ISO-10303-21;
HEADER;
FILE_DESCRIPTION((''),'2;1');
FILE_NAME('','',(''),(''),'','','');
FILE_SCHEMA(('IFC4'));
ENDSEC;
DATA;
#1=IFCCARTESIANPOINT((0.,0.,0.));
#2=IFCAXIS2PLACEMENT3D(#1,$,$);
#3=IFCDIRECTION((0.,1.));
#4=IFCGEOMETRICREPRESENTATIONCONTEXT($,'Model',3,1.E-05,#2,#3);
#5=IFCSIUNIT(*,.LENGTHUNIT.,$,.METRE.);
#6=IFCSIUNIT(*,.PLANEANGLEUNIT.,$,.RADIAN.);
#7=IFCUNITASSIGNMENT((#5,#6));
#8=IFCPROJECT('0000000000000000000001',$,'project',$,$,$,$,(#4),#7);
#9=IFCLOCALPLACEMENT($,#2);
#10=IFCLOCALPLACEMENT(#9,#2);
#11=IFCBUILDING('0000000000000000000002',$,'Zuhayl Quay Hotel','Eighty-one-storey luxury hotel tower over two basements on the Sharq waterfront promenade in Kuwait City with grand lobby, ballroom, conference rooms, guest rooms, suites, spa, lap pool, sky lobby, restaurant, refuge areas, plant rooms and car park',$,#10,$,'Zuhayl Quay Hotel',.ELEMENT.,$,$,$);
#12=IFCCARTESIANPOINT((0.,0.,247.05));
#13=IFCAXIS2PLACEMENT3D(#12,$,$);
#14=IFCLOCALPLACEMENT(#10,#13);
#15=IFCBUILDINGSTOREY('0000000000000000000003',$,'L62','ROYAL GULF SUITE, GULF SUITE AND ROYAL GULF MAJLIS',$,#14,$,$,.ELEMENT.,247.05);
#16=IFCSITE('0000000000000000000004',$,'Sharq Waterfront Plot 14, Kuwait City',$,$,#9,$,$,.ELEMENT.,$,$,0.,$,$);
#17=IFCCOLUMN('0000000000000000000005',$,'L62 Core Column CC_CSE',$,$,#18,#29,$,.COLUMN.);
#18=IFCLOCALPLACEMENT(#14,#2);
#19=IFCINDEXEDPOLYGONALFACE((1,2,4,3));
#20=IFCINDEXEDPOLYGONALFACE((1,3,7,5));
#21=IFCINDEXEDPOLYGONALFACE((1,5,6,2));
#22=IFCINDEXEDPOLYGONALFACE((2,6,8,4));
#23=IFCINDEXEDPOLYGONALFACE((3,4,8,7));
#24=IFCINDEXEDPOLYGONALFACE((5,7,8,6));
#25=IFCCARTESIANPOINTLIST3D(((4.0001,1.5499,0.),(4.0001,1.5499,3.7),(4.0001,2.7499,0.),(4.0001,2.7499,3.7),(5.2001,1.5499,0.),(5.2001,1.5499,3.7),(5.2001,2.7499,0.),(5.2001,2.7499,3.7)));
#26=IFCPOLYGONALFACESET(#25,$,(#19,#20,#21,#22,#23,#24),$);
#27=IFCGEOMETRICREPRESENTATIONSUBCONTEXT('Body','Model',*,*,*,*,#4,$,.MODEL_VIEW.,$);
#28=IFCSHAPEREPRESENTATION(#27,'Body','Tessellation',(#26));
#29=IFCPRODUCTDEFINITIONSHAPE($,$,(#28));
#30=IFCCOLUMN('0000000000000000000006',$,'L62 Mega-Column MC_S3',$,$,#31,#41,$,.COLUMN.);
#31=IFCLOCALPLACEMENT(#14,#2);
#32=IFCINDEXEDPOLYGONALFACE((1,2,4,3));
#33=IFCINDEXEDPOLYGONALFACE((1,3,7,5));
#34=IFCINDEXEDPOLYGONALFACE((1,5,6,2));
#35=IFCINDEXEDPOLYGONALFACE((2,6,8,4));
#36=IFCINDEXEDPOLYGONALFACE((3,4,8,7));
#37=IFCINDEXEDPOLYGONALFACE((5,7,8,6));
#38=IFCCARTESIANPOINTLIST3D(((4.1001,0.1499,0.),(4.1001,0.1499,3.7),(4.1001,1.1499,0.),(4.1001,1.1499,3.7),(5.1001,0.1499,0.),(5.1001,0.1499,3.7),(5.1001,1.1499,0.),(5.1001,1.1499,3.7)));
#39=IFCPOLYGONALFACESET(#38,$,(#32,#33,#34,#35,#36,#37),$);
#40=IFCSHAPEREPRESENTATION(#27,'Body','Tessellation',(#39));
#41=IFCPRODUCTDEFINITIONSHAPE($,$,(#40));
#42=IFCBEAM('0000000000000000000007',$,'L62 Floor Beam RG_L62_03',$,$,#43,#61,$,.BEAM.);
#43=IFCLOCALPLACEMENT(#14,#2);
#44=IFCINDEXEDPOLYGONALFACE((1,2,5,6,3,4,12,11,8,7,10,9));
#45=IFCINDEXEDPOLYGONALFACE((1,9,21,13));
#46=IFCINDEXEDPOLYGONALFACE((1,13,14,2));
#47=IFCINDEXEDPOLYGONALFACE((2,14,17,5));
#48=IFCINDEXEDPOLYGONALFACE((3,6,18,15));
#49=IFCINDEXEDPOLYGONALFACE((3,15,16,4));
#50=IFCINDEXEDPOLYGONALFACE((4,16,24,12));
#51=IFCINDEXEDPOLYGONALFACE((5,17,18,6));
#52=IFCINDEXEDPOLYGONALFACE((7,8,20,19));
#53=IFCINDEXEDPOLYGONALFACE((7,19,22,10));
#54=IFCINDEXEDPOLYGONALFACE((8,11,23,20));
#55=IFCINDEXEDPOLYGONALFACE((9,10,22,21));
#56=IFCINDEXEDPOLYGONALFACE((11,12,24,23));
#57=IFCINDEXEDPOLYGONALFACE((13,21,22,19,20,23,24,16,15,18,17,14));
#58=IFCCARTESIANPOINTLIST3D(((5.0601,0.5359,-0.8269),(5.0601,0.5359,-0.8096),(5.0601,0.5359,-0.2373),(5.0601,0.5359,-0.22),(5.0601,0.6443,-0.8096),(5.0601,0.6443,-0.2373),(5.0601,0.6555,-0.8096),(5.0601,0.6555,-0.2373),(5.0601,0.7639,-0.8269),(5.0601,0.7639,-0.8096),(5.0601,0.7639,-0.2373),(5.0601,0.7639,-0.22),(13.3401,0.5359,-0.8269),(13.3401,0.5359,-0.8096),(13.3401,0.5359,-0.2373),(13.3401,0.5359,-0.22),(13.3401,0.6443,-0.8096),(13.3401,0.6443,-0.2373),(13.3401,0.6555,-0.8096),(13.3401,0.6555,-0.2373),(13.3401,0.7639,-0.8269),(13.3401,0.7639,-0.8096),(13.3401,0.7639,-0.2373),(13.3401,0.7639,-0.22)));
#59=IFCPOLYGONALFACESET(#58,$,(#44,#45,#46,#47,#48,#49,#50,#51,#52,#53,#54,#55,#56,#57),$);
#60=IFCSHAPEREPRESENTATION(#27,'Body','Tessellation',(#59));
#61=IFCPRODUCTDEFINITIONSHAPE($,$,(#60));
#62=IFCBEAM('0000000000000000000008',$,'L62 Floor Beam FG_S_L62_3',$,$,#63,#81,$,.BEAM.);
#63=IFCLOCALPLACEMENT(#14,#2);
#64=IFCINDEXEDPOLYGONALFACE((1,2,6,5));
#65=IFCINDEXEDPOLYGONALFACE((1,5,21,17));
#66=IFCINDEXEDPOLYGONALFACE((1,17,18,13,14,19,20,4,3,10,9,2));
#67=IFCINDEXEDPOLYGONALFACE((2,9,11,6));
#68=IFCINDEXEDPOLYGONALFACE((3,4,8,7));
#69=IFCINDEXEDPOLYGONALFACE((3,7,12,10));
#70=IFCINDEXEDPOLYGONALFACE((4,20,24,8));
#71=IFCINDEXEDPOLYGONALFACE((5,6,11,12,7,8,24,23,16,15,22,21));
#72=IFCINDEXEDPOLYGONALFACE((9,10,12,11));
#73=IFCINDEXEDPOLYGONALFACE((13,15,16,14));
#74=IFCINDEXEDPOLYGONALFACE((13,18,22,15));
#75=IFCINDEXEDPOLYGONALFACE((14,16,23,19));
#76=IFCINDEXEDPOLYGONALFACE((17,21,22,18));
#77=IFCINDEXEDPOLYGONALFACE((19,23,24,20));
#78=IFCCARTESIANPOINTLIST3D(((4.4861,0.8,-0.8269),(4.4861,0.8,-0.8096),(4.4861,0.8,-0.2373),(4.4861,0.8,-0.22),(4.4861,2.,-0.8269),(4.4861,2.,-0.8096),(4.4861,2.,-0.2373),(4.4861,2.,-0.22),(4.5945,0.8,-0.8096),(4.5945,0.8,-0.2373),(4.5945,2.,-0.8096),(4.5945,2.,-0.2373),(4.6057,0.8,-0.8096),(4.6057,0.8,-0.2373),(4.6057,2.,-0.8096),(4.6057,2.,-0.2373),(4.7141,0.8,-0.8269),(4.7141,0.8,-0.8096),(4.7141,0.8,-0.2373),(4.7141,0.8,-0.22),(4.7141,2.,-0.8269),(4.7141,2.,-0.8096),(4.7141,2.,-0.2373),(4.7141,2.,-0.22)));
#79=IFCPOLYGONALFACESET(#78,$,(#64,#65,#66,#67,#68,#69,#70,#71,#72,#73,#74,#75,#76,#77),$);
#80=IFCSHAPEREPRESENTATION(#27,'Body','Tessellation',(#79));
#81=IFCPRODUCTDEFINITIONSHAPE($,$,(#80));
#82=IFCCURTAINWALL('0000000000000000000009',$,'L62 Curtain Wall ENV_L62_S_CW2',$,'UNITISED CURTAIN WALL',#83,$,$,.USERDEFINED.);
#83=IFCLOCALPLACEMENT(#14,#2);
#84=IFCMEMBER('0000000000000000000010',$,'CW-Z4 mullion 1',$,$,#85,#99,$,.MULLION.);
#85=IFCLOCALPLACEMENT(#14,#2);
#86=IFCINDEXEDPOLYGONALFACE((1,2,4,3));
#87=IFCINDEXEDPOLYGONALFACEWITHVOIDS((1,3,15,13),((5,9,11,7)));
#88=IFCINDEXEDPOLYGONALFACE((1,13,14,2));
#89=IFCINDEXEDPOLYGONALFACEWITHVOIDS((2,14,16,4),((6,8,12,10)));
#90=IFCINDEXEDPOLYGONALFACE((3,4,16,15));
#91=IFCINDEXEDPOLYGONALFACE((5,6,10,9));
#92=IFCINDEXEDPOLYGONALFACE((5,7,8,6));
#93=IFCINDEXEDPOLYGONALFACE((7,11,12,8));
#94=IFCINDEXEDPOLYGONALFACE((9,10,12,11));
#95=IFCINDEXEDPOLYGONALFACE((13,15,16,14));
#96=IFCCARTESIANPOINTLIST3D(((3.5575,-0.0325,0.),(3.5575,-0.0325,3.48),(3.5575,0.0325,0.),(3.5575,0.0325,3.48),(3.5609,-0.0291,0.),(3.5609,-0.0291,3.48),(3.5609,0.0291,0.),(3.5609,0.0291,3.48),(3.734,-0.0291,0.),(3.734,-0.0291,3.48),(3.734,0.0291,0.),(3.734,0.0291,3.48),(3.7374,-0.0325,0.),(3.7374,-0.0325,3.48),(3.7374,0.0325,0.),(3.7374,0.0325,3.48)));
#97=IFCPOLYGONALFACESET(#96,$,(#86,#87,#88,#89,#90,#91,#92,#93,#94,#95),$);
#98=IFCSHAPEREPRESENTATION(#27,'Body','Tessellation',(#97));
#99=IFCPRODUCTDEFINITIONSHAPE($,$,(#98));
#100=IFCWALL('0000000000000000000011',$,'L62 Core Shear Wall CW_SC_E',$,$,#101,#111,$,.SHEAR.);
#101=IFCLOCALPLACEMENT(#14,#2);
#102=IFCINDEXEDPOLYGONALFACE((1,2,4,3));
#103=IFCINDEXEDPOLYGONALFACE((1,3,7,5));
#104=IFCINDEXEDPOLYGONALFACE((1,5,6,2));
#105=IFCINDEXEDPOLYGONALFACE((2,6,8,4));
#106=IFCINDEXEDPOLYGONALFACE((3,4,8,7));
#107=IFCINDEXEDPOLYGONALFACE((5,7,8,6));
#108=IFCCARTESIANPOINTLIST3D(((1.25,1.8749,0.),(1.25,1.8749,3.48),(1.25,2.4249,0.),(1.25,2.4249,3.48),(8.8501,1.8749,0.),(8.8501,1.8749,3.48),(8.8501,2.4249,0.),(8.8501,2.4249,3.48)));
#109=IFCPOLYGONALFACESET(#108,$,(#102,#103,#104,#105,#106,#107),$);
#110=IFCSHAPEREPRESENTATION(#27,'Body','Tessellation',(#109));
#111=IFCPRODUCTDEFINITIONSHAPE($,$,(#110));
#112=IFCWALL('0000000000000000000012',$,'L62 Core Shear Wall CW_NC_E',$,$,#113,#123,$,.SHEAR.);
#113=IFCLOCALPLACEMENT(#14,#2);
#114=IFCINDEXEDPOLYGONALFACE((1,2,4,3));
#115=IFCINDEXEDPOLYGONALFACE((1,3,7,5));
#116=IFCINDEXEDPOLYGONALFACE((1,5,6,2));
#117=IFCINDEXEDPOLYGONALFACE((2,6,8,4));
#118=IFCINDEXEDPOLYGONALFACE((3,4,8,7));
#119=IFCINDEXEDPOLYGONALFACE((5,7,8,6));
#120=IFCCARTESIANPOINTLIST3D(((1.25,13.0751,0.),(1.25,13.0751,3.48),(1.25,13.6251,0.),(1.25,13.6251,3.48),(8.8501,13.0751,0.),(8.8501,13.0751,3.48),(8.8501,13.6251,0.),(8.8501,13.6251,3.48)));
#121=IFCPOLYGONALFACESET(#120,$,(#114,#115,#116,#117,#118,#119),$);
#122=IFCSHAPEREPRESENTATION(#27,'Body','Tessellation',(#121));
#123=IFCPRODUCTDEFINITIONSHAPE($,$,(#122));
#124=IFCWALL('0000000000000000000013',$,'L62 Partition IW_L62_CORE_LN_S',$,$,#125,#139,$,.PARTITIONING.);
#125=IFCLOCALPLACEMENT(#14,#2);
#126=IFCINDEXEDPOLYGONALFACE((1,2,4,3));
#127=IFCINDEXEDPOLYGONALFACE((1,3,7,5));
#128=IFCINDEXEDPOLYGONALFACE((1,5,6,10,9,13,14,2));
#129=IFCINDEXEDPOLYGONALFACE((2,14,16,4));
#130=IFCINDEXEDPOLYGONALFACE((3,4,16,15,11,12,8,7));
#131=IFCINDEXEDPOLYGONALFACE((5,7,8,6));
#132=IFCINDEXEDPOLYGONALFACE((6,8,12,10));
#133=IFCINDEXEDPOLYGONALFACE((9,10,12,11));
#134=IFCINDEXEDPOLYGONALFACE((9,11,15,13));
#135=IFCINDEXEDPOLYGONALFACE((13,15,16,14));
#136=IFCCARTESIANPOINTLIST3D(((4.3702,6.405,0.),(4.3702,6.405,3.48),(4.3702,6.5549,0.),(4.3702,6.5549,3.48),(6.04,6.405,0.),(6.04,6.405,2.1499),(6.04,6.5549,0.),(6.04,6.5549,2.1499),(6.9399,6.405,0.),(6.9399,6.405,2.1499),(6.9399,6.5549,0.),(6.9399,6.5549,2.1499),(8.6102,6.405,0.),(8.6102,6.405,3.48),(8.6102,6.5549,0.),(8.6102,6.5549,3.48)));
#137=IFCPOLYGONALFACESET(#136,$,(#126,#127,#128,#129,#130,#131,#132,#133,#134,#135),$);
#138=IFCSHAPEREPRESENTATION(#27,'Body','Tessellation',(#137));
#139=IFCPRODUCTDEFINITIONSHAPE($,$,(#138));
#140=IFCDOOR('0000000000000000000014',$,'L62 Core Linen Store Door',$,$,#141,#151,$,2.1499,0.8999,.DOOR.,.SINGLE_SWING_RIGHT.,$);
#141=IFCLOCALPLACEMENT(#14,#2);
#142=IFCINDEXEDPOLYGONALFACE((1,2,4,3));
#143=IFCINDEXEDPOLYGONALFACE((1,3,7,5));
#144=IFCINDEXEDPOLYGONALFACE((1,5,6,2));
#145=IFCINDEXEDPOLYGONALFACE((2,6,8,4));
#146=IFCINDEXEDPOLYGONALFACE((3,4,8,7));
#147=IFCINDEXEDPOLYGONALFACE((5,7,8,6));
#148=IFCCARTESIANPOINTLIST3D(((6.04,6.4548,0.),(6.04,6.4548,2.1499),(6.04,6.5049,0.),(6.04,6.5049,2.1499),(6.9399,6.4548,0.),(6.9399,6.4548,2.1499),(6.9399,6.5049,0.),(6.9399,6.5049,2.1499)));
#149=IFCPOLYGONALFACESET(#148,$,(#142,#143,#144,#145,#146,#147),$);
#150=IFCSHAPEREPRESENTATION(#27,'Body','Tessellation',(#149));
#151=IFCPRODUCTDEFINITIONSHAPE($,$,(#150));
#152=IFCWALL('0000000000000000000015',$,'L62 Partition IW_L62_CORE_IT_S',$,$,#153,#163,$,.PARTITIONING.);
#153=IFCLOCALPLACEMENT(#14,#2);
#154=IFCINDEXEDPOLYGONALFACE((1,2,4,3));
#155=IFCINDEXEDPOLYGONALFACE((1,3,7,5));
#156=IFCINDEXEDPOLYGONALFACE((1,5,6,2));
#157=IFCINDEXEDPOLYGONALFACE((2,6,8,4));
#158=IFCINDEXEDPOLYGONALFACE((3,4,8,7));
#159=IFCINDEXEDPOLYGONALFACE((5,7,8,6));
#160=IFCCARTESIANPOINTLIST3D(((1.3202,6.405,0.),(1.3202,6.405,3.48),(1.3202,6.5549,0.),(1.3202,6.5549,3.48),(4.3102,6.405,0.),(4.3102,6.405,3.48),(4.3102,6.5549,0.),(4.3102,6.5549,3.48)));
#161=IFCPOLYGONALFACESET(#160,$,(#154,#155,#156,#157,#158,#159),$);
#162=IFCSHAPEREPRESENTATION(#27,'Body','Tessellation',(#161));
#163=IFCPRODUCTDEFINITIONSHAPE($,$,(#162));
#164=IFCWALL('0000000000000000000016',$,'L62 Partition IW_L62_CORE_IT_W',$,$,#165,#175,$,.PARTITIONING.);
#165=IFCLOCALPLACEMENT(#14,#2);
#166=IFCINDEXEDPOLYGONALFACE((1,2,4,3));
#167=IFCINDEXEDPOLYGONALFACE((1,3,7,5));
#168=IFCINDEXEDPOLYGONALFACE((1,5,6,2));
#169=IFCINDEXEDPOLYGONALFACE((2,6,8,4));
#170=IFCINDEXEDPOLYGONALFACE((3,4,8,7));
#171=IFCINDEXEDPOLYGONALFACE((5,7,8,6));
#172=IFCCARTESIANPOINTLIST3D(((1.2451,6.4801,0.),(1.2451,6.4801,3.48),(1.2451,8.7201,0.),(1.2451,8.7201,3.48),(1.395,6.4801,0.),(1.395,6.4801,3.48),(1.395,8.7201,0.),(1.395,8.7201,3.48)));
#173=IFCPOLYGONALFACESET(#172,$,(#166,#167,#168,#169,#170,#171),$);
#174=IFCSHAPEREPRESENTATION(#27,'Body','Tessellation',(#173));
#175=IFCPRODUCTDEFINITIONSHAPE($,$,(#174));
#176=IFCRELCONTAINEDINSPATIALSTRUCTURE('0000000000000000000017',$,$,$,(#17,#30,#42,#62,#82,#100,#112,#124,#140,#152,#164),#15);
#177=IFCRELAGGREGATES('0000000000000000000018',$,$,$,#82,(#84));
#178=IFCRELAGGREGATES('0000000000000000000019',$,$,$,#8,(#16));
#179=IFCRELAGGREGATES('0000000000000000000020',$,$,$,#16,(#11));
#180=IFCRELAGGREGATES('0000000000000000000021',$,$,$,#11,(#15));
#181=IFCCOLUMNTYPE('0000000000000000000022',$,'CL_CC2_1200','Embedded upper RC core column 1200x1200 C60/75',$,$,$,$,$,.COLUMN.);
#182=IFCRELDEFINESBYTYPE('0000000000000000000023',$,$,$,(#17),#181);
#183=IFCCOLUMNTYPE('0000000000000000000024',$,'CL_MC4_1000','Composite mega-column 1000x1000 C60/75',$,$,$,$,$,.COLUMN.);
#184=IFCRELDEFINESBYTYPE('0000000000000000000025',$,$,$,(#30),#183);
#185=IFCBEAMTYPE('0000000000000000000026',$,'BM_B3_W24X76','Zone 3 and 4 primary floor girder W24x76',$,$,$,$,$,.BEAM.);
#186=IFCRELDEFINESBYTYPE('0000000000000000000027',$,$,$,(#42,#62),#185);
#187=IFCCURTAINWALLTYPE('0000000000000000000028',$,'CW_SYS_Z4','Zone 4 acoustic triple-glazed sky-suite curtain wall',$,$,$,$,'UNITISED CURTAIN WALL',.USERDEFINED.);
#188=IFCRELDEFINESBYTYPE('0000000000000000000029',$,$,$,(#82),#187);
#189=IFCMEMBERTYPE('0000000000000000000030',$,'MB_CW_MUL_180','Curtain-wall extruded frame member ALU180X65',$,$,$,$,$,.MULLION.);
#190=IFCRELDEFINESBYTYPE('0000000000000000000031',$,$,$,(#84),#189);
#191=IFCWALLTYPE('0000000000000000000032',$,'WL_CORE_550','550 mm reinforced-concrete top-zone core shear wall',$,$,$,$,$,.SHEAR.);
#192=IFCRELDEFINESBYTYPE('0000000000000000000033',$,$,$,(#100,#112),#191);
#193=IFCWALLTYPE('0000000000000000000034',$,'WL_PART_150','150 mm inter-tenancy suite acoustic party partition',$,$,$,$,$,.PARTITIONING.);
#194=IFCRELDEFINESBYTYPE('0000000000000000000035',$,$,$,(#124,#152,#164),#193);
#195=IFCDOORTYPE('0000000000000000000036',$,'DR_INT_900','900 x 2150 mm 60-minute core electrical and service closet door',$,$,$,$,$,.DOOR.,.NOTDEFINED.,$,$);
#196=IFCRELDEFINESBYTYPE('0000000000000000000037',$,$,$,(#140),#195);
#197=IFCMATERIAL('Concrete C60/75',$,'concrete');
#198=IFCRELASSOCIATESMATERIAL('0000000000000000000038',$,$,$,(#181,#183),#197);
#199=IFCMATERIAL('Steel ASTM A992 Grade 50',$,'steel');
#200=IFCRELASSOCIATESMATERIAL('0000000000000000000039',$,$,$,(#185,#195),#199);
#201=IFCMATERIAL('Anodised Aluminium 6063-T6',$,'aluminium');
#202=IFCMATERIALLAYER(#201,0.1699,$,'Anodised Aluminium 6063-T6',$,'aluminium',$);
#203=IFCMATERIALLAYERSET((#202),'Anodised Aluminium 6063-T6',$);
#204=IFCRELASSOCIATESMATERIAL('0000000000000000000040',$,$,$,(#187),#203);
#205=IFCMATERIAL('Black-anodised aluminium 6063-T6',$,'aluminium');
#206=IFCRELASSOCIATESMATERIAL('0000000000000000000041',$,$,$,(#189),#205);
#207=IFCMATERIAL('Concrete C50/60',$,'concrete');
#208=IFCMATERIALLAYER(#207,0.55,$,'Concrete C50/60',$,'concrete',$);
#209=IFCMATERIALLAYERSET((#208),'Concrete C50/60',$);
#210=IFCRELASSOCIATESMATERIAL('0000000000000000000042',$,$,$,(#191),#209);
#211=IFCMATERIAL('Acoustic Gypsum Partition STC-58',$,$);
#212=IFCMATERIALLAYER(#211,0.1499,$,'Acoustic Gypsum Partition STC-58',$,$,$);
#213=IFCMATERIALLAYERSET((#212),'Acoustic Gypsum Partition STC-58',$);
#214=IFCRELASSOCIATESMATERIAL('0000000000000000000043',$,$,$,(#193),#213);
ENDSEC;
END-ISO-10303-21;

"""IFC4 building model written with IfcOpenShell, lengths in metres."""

from ifc_helpers import new_model, si_unit, direction, frame, frame_2d, origin, origin_2d, place, context, subcontext, project, spatial, rectangle, hollow_rectangle, i_section, extrude, material, layer, layer_set, material_profile, profile_set, type_object, element, fill, aggregate, save


model = new_model("IFC4")

# Units and contexts
model_context = context("Model", 3, precision=1e-05, world=origin(), true_north=direction((0.0, 1.0)))
body_context = subcontext(model_context, "Body", "Model", "MODEL_VIEW")
ifc_project = project(units=[si_unit("LENGTHUNIT", "METRE"), si_unit("PLANEANGLEUNIT", "RADIAN")], contexts=[model_context])

# Site, building, storey
site_placement = place(None, origin())
site = spatial("IfcSite", under=ifc_project, at=site_placement, Name="Sharq Waterfront Plot 14, Kuwait City", CompositionType="ELEMENT", RefElevation=0.0)
building_placement = place(site_placement, origin())
building = spatial("IfcBuilding", under=site, at=building_placement, Name="Zuhayl Quay Hotel", Description="Eighty-one-storey luxury hotel tower over two basements on the Sharq waterfront promenade in Kuwait City with grand lobby, ballroom, conference rooms, guest rooms, suites, spa, lap pool, sky lobby, restaurant, refuge areas, plant rooms and car park", LongName="Zuhayl Quay Hotel", CompositionType="ELEMENT")
storey_placement = place(building_placement, frame((0.0, 0.0, 247.05)))
storey = spatial("IfcBuildingStorey", under=building, at=storey_placement, Name="L62", Description="ROYAL GULF SUITE, GULF SUITE AND ROYAL GULF MAJLIS", CompositionType="ELEMENT", Elevation=247.05)

# Columns
ifc_material_1 = material(Name="Concrete C60/75", Category="concrete")
ifc_material_profile_1 = material_profile(ifc_material_1, rectangle(XDim=1.2, YDim=1.2, at=origin_2d()), Name="RC1200X1200")
ifc_profile_set_1 = profile_set([ifc_material_profile_1], Name="Concrete C60/75")
column_type_1 = type_object("IfcColumnType", Name="CL_CC2_1200", Description="Embedded upper RC core column 1200x1200 C60/75", PredefinedType="COLUMN", material=ifc_profile_set_1)
column_1_placement = place(storey_placement, frame((4.6001, 2.1499, 0.0), z_axis=(0.0, 0.0, 1.0), x_axis=(1.0, 0.0, 0.0)))
element("IfcColumn", 1, at=column_1_placement, inside=storey, type_object=column_type_1, Name="L62 Core Column CC_CSE", PredefinedType="COLUMN", context=body_context, shape_type="SweptSolid", body=[
    extrude(rectangle(XDim=1.2, YDim=1.2, at=origin_2d()), origin(), (0.0, 0.0, 1.0), 3.7),
])
ifc_material_profile_2 = material_profile(ifc_material_1, rectangle(XDim=1.0, YDim=1.0, at=origin_2d()), Name="RC1000X1000")
ifc_profile_set_2 = profile_set([ifc_material_profile_2], Name="Concrete C60/75")
column_type_2 = type_object("IfcColumnType", Name="CL_MC4_1000", Description="Composite mega-column 1000x1000 C60/75", PredefinedType="COLUMN", material=ifc_profile_set_2)
column_2_placement = place(storey_placement, frame((4.6001, 0.6499, 0.0), z_axis=(0.0, 0.0, 1.0), x_axis=(1.0, 0.0, 0.0)))
element("IfcColumn", 2, at=column_2_placement, inside=storey, type_object=column_type_2, Name="L62 Mega-Column MC_S3", PredefinedType="COLUMN", context=body_context, shape_type="SweptSolid", body=[
    extrude(rectangle(XDim=1.0, YDim=1.0, at=origin_2d()), origin(), (0.0, 0.0, 1.0), 3.7),
])

# Beams
ifc_material_2 = material(Name="Steel ASTM A992 Grade 50", Category="steel")
ifc_material_profile_3 = material_profile(ifc_material_2, i_section(OverallWidth=0.228, OverallDepth=0.6069, WebThickness=0.0112, FlangeThickness=0.0173, at=origin_2d()), Name="W24X76")
ifc_profile_set_3 = profile_set([ifc_material_profile_3], Name="Steel ASTM A992 Grade 50")
beam_type = type_object("IfcBeamType", Name="BM_B3_W24X76", Description="Zone 3 and 4 primary floor girder W24x76", PredefinedType="BEAM", material=ifc_profile_set_3)
beam_1_placement = place(storey_placement, frame((5.0601, 0.6499, -0.5234), z_axis=(1.0, 0.0, 0.0), x_axis=(0.0, 1.0, 0.0)))
element("IfcBeam", 3, at=beam_1_placement, inside=storey, type_object=beam_type, Name="L62 Floor Beam RG_L62_03", PredefinedType="BEAM", context=body_context, shape_type="SweptSolid", body=[
    extrude(i_section(OverallWidth=0.228, OverallDepth=0.6069, WebThickness=0.0112, FlangeThickness=0.0173, at=origin_2d()), origin(), (0.0, 0.0, 1.0), 8.28),
])
beam_2_placement = place(storey_placement, frame((4.6001, 0.8, -0.5234), z_axis=(0.0, 1.0, 0.0), x_axis=(-1.0, 0.0, 0.0)))
element("IfcBeam", 4, at=beam_2_placement, inside=storey, type_object=beam_type, Name="L62 Floor Beam FG_S_L62_3", PredefinedType="BEAM", context=body_context, shape_type="SweptSolid", body=[
    extrude(i_section(OverallWidth=0.228, OverallDepth=0.6069, WebThickness=0.0112, FlangeThickness=0.0173, at=origin_2d()), origin(), (0.0, 0.0, 1.0), 1.2),
])

# Curtain wall, member
ifc_material_3 = material(Name="Anodised Aluminium 6063-T6", Category="aluminium")
ifc_layer_1 = layer(ifc_material_3, 0.1699, Name="Anodised Aluminium 6063-T6", Category="aluminium")
ifc_layer_set_1 = layer_set([ifc_layer_1], Name="Anodised Aluminium 6063-T6")
curtain_wall_type = type_object("IfcCurtainWallType", Name="CW_SYS_Z4", Description="Zone 4 acoustic triple-glazed sky-suite curtain wall", ElementType="UNITISED CURTAIN WALL", PredefinedType="USERDEFINED", material=ifc_layer_set_1)
curtain_wall_placement = place(storey_placement, origin())
curtain_wall = element("IfcCurtainWall", 5, at=curtain_wall_placement, inside=storey, type_object=curtain_wall_type, Name="L62 Curtain Wall ENV_L62_S_CW2", ObjectType="UNITISED CURTAIN WALL", PredefinedType="USERDEFINED")
ifc_material_4 = material(Name="Black-anodised aluminium 6063-T6", Category="aluminium")
ifc_material_profile_4 = material_profile(ifc_material_4, hollow_rectangle(XDim=0.0649, YDim=0.1799, WallThickness=0.0034, at=origin_2d()), Name="ALU180X65")
ifc_profile_set_4 = profile_set([ifc_material_profile_4], Name="Black-anodised aluminium 6063-T6")
member_type = type_object("IfcMemberType", Name="MB_CW_MUL_180", Description="Curtain-wall extruded frame member ALU180X65", PredefinedType="MULLION", material=ifc_profile_set_4)
member_placement = place(storey_placement, frame((3.6475, 0.0, 0.0), z_axis=(0.0, 0.0, 1.0), x_axis=(0.0, -1.0, 0.0)))
member = element("IfcMember", 6, at=member_placement, type_object=member_type, Name="CW-Z4 mullion 1", PredefinedType="MULLION", context=body_context, shape_type="SweptSolid", body=[
    extrude(hollow_rectangle(XDim=0.0649, YDim=0.1799, WallThickness=0.0034, at=origin_2d()), origin(), (0.0, 0.0, 1.0), 3.48),
])
aggregate(curtain_wall, [member])

# Walls
ifc_material_5 = material(Name="Concrete C50/60", Category="concrete")
ifc_layer_2 = layer(ifc_material_5, 0.55, Name="Concrete C50/60", Category="concrete")
ifc_layer_set_2 = layer_set([ifc_layer_2], Name="Concrete C50/60")
wall_type_1 = type_object("IfcWallType", Name="WL_CORE_550", Description="550 mm reinforced-concrete top-zone core shear wall", PredefinedType="SHEAR", material=ifc_layer_set_2)
for number, where, z_axis, x_axis, name in (
    (7, (1.25, 2.1499, 0.0), (0.0, 0.0, 1.0), (1.0, 0.0, 0.0), "L62 Core Shear Wall CW_SC_E"),
    (8, (1.25, 13.3501, 0.0), (0.0, 0.0, 1.0), (1.0, 0.0, 0.0), "L62 Core Shear Wall CW_NC_E"),
):
    element("IfcWall", number, at=place(storey_placement, frame(where, z_axis=z_axis, x_axis=x_axis)), inside=storey, type_object=wall_type_1, Name=name, PredefinedType="SHEAR", context=body_context, shape_type="SweptSolid", body=[
        extrude(rectangle(XDim=7.6001, YDim=0.55, at=frame_2d((3.8, 0.0))), origin(), (0.0, 0.0, 1.0), 3.48),
    ])

# Wall, opening, door
ifc_material_6 = material(Name="Acoustic Gypsum Partition STC-58")
ifc_layer_3 = layer(ifc_material_6, 0.1499, Name="Acoustic Gypsum Partition STC-58")
ifc_layer_set_3 = layer_set([ifc_layer_3], Name="Acoustic Gypsum Partition STC-58")
wall_type_2 = type_object("IfcWallType", Name="WL_PART_150", Description="150 mm inter-tenancy suite acoustic party partition", PredefinedType="PARTITIONING", material=ifc_layer_set_3)
door_type_1 = type_object("IfcDoorType", Name="DR_INT_900", Description="900 x 2150 mm 60-minute core electrical and service closet door", OperationType="NOTDEFINED", PredefinedType="DOOR", material=ifc_material_2)
wall_1_placement = place(storey_placement, frame((4.3701, 6.48, 0.0), z_axis=(0.0, 0.0, 1.0), x_axis=(1.0, 0.0, 0.0)))
wall_1 = element("IfcWall", 9, at=wall_1_placement, inside=storey, type_object=wall_type_2, Name="L62 Partition IW_L62_CORE_LN_S", PredefinedType="PARTITIONING", context=body_context, shape_type="SweptSolid", body=[
    extrude(rectangle(XDim=4.24, YDim=0.1499, at=frame_2d((2.1201, 0.0))), origin(), (0.0, 0.0, 1.0), 3.48),
])
opening_1_placement = place(wall_1_placement, frame((1.6699, 0.0, 0.0)))
opening_1 = element("IfcOpeningElement", 10, at=opening_1_placement, cuts=wall_1, PredefinedType="OPENING", context=body_context, shape_type="SweptSolid", body=[
    extrude(rectangle(XDim=0.8999, YDim=2.1499, at=frame_2d((0.45, 1.075))), frame((0.0, 0.085, 0.0), z_axis=(0.0, -1.0, 0.0), x_axis=(1.0, 0.0, 0.0)), (0.0, 0.0, 1.0), 0.1699),
])
door_1_placement = place(opening_1_placement, origin())
door_1 = element("IfcDoor", 11, at=door_1_placement, inside=storey, type_object=door_type_1, Name="L62 Core Linen Store Door", OperationType="SINGLE_SWING_RIGHT", OverallHeight=2.1499, OverallWidth=0.8999, PredefinedType="DOOR", context=body_context, shape_type="SweptSolid", body=[
    extrude(rectangle(XDim=0.8999, YDim=2.1499, at=frame_2d((0.45, 1.075))), frame((0.0, 0.0249, 0.0), z_axis=(0.0, -1.0, 0.0), x_axis=(1.0, 0.0, 0.0)), (0.0, 0.0, 1.0), 0.05),
])
fill(opening_1, door_1)

# Walls
wall_2_placement = place(storey_placement, frame((1.3201, 6.48, 0.0), z_axis=(0.0, 0.0, 1.0), x_axis=(1.0, 0.0, 0.0)))
element("IfcWall", 12, at=wall_2_placement, inside=storey, type_object=wall_type_2, Name="L62 Partition IW_L62_CORE_IT_S", PredefinedType="PARTITIONING", context=body_context, shape_type="SweptSolid", body=[
    extrude(rectangle(XDim=2.99, YDim=0.1499, at=frame_2d((1.4951, 0.0))), origin(), (0.0, 0.0, 1.0), 3.48),
])
for number, where, z_axis, x_axis, name in (
    (13, (1.3201, 6.48, 0.0), (0.0, 0.0, 1.0), (0.0, 1.0, 0.0), "L62 Partition IW_L62_CORE_IT_W"),
):
    element("IfcWall", number, at=place(storey_placement, frame(where, z_axis=z_axis, x_axis=x_axis)), inside=storey, type_object=wall_type_2, Name=name, PredefinedType="PARTITIONING", context=body_context, shape_type="SweptSolid", body=[
        extrude(rectangle(XDim=2.24, YDim=0.1499, at=frame_2d((1.1201, 0.0))), origin(), (0.0, 0.0, 1.0), 3.48),
    ])

save(model, "model.ifc")
